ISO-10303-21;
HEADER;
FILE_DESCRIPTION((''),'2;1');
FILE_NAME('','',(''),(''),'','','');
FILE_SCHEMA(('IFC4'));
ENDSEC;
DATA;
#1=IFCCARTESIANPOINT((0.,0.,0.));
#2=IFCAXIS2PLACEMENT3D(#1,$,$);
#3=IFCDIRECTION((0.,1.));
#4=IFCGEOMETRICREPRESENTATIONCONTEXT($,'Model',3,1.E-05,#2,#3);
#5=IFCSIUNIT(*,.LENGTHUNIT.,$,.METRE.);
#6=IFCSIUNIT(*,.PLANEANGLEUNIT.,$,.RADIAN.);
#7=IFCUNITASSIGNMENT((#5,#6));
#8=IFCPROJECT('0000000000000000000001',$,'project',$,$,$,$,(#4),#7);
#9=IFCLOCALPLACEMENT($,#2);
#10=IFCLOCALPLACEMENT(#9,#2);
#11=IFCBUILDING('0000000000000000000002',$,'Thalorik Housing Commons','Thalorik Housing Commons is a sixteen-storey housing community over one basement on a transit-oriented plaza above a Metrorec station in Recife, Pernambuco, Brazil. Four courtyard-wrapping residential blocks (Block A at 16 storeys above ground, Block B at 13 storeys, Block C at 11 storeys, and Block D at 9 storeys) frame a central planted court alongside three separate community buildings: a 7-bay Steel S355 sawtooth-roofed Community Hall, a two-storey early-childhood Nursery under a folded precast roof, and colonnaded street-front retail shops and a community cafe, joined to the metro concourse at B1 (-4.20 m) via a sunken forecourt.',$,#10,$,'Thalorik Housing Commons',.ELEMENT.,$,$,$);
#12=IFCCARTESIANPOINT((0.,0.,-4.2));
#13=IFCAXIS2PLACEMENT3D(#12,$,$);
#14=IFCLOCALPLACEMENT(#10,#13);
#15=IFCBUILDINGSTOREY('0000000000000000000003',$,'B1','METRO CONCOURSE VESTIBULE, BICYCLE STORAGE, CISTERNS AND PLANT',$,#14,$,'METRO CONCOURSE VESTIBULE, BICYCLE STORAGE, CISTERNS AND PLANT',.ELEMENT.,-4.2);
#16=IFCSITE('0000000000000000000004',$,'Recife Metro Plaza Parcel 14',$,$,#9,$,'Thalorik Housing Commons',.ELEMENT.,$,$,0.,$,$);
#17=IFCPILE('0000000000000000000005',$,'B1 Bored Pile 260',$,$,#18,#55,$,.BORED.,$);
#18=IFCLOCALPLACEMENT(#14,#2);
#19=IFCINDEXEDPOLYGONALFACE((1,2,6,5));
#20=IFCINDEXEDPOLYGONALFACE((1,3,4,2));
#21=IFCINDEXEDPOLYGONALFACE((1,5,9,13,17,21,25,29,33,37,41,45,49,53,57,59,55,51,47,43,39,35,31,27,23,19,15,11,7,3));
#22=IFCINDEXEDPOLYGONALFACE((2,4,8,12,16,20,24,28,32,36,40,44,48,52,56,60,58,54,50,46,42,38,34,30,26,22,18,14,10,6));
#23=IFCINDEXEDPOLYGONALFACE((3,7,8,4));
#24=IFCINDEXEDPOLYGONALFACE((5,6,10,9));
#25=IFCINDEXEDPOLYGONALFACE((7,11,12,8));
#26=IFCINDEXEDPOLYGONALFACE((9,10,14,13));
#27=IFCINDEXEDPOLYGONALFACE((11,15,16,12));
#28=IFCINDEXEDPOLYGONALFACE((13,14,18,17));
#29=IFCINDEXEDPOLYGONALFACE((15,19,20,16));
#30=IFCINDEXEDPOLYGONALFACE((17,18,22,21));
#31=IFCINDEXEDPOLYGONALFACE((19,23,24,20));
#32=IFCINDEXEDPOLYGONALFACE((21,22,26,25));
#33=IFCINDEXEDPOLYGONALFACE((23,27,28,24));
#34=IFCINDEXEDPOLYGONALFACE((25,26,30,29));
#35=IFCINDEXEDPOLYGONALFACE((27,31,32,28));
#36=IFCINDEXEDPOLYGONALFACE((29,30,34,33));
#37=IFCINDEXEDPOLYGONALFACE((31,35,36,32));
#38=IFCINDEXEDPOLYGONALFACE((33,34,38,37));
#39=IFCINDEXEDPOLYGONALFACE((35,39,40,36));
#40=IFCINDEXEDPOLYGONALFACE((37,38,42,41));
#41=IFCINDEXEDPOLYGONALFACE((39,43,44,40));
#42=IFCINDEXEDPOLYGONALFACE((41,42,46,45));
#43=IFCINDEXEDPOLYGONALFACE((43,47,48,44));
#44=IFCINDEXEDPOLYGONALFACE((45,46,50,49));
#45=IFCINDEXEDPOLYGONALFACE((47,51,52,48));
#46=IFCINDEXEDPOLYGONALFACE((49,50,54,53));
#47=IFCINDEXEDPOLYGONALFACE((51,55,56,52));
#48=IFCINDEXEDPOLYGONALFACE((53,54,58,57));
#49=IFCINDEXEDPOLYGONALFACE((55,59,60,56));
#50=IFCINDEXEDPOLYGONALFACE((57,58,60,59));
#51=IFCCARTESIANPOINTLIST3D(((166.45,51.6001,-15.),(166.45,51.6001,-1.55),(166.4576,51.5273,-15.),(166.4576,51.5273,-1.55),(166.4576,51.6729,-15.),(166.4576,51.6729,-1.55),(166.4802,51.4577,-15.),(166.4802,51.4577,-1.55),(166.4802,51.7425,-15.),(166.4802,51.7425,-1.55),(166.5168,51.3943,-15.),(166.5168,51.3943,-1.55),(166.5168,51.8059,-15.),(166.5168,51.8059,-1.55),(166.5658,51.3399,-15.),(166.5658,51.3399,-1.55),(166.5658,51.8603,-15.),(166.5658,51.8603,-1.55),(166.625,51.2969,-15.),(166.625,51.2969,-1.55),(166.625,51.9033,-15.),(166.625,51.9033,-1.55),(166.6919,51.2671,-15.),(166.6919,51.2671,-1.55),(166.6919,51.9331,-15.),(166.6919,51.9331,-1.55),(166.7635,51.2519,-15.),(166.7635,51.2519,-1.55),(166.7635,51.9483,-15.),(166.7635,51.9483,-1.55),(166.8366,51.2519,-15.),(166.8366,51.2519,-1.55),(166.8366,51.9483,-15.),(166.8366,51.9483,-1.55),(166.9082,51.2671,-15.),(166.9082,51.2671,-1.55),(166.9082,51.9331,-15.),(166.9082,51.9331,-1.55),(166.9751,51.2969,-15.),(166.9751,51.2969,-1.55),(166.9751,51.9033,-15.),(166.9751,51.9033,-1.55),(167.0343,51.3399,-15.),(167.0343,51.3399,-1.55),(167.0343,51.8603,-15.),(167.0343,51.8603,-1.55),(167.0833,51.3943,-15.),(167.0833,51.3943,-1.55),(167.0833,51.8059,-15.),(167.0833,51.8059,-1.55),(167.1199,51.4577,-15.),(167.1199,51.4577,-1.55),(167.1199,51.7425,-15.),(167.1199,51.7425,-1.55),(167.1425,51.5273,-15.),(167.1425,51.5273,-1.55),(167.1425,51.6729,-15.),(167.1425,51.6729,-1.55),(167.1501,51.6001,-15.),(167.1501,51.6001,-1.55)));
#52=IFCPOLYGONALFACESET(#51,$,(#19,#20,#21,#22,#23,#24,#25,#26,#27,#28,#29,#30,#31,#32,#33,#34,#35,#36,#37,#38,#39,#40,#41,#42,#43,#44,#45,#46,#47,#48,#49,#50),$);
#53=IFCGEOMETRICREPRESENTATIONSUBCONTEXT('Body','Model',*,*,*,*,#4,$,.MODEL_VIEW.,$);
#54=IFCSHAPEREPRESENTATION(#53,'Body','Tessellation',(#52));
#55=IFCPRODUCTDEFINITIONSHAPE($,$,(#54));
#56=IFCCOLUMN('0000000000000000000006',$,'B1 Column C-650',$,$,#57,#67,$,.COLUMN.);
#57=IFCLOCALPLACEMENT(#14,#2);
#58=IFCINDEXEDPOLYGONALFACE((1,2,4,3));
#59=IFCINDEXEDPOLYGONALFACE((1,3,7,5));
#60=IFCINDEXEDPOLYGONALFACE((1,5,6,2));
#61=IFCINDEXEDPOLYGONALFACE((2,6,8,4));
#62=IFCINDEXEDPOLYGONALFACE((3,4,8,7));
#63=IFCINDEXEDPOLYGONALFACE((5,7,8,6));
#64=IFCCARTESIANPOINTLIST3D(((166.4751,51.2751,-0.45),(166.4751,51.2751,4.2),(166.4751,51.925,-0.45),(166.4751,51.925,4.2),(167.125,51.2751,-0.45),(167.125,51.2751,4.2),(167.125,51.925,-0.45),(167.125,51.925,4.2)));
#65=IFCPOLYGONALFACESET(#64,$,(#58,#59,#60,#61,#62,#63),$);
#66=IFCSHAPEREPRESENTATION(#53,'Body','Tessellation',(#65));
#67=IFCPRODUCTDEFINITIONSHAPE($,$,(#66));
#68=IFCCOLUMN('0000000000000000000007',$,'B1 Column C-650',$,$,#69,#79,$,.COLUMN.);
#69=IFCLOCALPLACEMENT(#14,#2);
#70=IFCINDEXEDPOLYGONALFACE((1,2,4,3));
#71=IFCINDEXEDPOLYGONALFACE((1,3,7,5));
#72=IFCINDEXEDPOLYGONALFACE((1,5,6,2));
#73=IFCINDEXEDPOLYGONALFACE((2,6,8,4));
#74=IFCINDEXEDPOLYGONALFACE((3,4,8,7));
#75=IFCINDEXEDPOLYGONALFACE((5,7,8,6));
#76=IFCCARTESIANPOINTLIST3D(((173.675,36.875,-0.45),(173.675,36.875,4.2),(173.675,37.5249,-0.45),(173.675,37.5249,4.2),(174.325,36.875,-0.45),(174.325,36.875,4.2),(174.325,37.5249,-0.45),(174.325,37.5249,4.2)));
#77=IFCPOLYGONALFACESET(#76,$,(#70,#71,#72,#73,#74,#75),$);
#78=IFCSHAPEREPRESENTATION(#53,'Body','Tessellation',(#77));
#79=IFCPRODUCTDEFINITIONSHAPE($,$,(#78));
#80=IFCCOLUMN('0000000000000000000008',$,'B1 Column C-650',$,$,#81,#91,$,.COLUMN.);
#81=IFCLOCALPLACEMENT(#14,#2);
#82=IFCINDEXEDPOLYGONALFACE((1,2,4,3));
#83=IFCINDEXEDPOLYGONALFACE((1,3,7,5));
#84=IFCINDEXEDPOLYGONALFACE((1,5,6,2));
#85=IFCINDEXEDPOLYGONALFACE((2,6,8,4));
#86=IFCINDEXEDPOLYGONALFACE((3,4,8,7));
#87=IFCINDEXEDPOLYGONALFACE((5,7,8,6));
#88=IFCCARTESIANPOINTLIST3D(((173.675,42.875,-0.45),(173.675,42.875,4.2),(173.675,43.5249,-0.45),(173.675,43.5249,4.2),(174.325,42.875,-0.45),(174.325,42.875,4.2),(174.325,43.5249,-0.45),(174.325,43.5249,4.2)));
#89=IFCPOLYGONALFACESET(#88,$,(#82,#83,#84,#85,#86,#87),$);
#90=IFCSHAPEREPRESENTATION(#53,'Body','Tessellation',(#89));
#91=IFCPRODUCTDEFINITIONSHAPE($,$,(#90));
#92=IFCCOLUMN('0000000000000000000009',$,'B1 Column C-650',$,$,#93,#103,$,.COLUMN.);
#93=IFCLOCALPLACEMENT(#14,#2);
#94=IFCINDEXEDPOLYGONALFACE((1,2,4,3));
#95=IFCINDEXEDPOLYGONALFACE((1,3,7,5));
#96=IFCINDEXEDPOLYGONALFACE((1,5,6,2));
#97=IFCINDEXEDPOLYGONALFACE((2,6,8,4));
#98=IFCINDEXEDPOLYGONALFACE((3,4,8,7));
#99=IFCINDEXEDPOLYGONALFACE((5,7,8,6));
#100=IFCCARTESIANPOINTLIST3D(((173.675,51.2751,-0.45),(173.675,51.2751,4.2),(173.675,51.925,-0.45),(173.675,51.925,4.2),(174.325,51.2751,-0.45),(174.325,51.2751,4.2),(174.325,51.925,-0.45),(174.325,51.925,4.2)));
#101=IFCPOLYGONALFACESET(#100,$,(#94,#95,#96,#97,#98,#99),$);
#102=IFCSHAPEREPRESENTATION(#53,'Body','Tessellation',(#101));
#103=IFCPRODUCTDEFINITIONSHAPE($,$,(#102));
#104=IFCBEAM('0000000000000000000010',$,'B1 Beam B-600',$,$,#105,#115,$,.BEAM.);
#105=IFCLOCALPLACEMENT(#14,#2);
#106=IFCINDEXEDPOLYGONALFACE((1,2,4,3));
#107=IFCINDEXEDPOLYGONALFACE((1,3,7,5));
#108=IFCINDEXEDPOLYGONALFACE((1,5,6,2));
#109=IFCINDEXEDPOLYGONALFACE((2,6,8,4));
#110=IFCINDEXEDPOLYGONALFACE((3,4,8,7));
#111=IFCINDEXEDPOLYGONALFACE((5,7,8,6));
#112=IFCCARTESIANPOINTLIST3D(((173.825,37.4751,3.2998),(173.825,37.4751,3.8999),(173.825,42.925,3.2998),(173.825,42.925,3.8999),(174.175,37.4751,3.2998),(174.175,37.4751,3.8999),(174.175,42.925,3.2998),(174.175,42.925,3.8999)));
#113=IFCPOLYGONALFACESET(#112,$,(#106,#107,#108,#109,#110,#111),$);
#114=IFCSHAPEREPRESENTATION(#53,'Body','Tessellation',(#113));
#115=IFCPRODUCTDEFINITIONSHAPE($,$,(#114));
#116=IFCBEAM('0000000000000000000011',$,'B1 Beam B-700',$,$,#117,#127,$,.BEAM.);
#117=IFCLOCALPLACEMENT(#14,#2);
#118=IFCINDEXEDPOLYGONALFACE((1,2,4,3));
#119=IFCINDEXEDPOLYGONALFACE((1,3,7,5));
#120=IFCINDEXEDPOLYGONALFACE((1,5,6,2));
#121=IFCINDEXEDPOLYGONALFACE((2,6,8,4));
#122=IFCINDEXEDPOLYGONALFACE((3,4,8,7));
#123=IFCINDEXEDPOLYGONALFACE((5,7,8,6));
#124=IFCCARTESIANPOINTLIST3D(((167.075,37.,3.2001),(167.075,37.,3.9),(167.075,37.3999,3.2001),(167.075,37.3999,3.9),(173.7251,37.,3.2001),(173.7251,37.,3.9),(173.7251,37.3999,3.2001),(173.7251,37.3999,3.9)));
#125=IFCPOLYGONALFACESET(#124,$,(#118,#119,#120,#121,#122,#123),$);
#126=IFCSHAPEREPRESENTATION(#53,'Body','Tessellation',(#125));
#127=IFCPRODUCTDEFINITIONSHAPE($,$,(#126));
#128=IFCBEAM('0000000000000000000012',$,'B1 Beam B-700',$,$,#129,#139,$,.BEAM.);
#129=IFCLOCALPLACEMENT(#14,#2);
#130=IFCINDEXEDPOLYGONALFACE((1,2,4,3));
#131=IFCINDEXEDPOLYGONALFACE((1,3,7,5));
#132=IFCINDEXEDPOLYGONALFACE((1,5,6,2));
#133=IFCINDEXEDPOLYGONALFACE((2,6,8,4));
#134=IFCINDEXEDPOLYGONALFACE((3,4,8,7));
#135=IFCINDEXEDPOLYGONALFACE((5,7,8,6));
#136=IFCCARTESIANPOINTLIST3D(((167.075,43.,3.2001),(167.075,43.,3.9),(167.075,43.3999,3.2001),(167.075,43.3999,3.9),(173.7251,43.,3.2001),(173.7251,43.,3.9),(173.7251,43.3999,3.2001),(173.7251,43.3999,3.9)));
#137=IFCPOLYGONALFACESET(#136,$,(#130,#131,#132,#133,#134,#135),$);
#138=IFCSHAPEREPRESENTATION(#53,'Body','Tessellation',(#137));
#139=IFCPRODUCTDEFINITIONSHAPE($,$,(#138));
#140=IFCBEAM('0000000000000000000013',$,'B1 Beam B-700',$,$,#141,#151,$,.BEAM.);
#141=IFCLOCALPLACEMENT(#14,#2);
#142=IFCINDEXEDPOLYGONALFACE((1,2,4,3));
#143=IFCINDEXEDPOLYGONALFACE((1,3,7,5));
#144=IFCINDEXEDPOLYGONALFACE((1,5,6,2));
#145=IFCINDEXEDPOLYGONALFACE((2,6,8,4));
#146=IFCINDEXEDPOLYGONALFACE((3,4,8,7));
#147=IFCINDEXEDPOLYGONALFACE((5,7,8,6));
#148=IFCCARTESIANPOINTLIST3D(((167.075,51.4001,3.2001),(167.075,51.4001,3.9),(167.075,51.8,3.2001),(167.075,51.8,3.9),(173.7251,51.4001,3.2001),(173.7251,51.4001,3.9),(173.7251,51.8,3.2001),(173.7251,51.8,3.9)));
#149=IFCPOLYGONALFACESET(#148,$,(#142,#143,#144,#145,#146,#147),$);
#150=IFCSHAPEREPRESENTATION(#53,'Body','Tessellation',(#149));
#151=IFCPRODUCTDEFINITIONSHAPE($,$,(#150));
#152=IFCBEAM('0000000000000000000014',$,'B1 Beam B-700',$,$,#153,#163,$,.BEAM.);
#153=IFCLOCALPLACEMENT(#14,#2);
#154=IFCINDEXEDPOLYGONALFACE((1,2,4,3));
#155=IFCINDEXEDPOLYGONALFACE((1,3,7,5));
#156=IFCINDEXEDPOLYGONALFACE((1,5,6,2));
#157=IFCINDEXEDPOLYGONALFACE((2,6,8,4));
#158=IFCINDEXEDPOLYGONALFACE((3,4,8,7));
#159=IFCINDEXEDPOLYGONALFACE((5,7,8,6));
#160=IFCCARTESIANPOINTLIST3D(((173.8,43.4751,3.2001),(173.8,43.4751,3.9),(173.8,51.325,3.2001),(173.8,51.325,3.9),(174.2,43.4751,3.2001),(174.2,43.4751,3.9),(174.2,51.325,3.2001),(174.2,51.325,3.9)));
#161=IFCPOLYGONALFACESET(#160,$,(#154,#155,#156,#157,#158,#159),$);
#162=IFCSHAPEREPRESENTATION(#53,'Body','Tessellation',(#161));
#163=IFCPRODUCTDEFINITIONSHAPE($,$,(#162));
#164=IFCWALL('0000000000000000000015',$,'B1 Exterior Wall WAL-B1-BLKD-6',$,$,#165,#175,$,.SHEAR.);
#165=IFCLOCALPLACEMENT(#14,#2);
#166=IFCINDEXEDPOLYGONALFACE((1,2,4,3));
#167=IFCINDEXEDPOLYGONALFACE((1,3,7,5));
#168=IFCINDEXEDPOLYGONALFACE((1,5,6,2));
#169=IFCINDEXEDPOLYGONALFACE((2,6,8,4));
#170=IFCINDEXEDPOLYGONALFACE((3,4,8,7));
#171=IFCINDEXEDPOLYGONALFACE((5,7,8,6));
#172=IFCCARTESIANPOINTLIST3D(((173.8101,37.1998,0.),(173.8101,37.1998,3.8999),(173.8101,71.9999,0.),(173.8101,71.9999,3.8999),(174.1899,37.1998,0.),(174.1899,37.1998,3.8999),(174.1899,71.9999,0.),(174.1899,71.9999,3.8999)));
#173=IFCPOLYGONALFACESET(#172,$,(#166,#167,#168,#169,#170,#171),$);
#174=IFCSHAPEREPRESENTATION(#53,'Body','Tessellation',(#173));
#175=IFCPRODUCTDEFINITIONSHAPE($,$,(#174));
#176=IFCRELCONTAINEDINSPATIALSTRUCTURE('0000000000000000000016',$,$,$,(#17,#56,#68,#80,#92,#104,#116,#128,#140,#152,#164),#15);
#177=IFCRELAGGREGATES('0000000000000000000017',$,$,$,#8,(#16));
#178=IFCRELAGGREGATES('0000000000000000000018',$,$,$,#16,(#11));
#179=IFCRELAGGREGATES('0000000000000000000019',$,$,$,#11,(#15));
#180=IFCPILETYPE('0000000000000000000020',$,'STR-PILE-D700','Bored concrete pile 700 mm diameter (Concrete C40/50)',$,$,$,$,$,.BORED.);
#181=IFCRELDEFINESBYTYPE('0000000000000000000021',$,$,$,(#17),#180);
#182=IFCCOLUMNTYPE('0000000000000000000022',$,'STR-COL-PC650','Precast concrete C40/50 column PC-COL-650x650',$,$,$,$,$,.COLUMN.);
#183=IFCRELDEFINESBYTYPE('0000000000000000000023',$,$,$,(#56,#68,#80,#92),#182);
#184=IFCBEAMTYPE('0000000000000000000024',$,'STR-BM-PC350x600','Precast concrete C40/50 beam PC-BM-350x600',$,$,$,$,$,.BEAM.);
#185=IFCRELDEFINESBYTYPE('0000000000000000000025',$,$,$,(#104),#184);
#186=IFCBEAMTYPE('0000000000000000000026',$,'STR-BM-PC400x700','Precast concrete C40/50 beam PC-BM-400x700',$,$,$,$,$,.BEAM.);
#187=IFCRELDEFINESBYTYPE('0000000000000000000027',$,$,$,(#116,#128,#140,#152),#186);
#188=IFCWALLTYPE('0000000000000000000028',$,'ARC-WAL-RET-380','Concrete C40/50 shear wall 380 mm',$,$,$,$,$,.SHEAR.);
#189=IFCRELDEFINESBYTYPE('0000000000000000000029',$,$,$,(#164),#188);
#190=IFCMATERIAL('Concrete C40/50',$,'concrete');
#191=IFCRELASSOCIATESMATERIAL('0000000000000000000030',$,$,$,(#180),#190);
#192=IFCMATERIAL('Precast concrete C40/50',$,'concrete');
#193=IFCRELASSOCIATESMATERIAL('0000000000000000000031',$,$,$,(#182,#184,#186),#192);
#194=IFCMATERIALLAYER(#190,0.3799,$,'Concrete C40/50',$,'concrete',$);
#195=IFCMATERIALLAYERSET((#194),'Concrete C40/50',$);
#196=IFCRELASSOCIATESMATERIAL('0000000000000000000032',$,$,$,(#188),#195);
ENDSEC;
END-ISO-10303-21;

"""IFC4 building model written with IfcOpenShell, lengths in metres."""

from ifc_helpers import new_model, si_unit, direction, frame, frame_2d, origin, origin_2d, place, context, subcontext, project, spatial, rectangle, circle, extrude, material, layer, layer_set, material_profile, profile_set, type_object, element, save


model = new_model("IFC4")

# Units and contexts
model_context = context("Model", 3, precision=1e-05, world=origin(), true_north=direction((0.0, 1.0)))
body_context = subcontext(model_context, "Body", "Model", "MODEL_VIEW")
ifc_project = project(units=[si_unit("LENGTHUNIT", "METRE"), si_unit("PLANEANGLEUNIT", "RADIAN")], contexts=[model_context])

# Site, building, storey
site_placement = place(None, origin())
site = spatial("IfcSite", under=ifc_project, at=site_placement, Name="Recife Metro Plaza Parcel 14", LongName="Thalorik Housing Commons", CompositionType="ELEMENT", RefElevation=0.0)
building_placement = place(site_placement, origin())
building = spatial("IfcBuilding", under=site, at=building_placement, Name="Thalorik Housing Commons", Description="Thalorik Housing Commons is a sixteen-storey housing community over one basement on a transit-oriented plaza above a Metrorec station in Recife, Pernambuco, Brazil. Four courtyard-wrapping residential blocks (Block A at 16 storeys above ground, Block B at 13 storeys, Block C at 11 storeys, and Block D at 9 storeys) frame a central planted court alongside three separate community buildings: a 7-bay Steel S355 sawtooth-roofed Community Hall, a two-storey early-childhood Nursery under a folded precast roof, and colonnaded street-front retail shops and a community cafe, joined to the metro concourse at B1 (-4.20 m) via a sunken forecourt.", LongName="Thalorik Housing Commons", CompositionType="ELEMENT")
storey_placement = place(building_placement, frame((0.0, 0.0, -4.2)))
storey = spatial("IfcBuildingStorey", under=building, at=storey_placement, Name="B1", Description="METRO CONCOURSE VESTIBULE, BICYCLE STORAGE, CISTERNS AND PLANT", LongName="METRO CONCOURSE VESTIBULE, BICYCLE STORAGE, CISTERNS AND PLANT", CompositionType="ELEMENT", Elevation=-4.2)

# Shared definitions
ifc_material_1 = material(Name="Concrete C40/50", Category="concrete")

# Pile
ifc_material_profile_1 = material_profile(ifc_material_1, circle(Radius=0.3501, at=origin_2d()), Name="BORED PILE D700", Category="concrete")
ifc_profile_set_1 = profile_set([ifc_material_profile_1], Name="Concrete C40/50")
pile_type_1 = type_object("IfcPileType", Name="STR-PILE-D700", Description="Bored concrete pile 700 mm diameter (Concrete C40/50)", PredefinedType="BORED", material=ifc_profile_set_1)
pile_placement = place(storey_placement, frame((166.8, 51.6001, -1.55), z_axis=(0.0, 0.0, -1.0), x_axis=(1.0, 0.0, 0.0)))
element("IfcPile", 1, at=pile_placement, inside=storey, type_object=pile_type_1, Name="B1 Bored Pile 260", PredefinedType="BORED", context=body_context, shape_type="SweptSolid", body=[
    extrude(circle(Radius=0.3501, at=origin_2d()), origin(), (0.0, 0.0, 1.0), 13.45),
])

# Columns
ifc_material_2 = material(Name="Precast concrete C40/50", Category="concrete")
ifc_material_profile_2 = material_profile(ifc_material_2, rectangle(XDim=0.6499, YDim=0.6499, at=origin_2d()), Name="PC 650x650", Category="concrete")
ifc_profile_set_2 = profile_set([ifc_material_profile_2], Name="Precast concrete C40/50")
column_type = type_object("IfcColumnType", Name="STR-COL-PC650", Description="Precast concrete C40/50 column PC-COL-650x650", PredefinedType="COLUMN", material=ifc_profile_set_2)
for number, where, z_axis, x_axis, name in (
    (2, (166.8, 51.6001, -0.45), (0.0, 0.0, 1.0), (1.0, 0.0, 0.0), "B1 Column C-650"),
    (3, (174.0, 37.2, -0.45), (0.0, 0.0, 1.0), (1.0, 0.0, 0.0), "B1 Column C-650"),
    (4, (174.0, 43.2, -0.45), (0.0, 0.0, 1.0), (1.0, 0.0, 0.0), "B1 Column C-650"),
    (5, (174.0, 51.6001, -0.45), (0.0, 0.0, 1.0), (1.0, 0.0, 0.0), "B1 Column C-650"),
):
    element("IfcColumn", number, at=place(storey_placement, frame(where, z_axis=z_axis, x_axis=x_axis)), inside=storey, type_object=column_type, Name=name, PredefinedType="COLUMN", context=body_context, shape_type="SweptSolid", body=[
        extrude(rectangle(XDim=0.6499, YDim=0.6499, at=origin_2d()), origin(), (0.0, 0.0, 1.0), 4.6499),
    ])

# Beams
ifc_material_profile_3 = material_profile(ifc_material_2, rectangle(XDim=0.3501, YDim=0.6001, at=origin_2d()), Name="PC 350x600", Category="concrete")
ifc_profile_set_3 = profile_set([ifc_material_profile_3], Name="Precast concrete C40/50")
beam_type_1 = type_object("IfcBeamType", Name="STR-BM-PC350x600", Description="Precast concrete C40/50 beam PC-BM-350x600", PredefinedType="BEAM", material=ifc_profile_set_3)
beam_1_placement = place(storey_placement, frame((174.0, 37.4751, 3.5999), z_axis=(0.0, 1.0, 0.0), x_axis=(-1.0, 0.0, 0.0)))
element("IfcBeam", 6, at=beam_1_placement, inside=storey, type_object=beam_type_1, Name="B1 Beam B-600", PredefinedType="BEAM", context=body_context, shape_type="SweptSolid", body=[
    extrude(rectangle(XDim=0.3501, YDim=0.6001, at=origin_2d()), origin(), (0.0, 0.0, 1.0), 5.45),
])
ifc_material_profile_4 = material_profile(ifc_material_2, rectangle(XDim=0.3999, YDim=0.7, at=origin_2d()), Name="PC 400x700", Category="concrete")
ifc_profile_set_4 = profile_set([ifc_material_profile_4], Name="Precast concrete C40/50")
beam_type_2 = type_object("IfcBeamType", Name="STR-BM-PC400x700", Description="Precast concrete C40/50 beam PC-BM-400x700", PredefinedType="BEAM", material=ifc_profile_set_4)
for number, where, z_axis, x_axis, name in (
    (7, (167.075, 37.2, 3.55), (1.0, 0.0, 0.0), (0.0, 1.0, 0.0), "B1 Beam B-700"),
    (8, (167.075, 43.2, 3.55), (1.0, 0.0, 0.0), (0.0, 1.0, 0.0), "B1 Beam B-700"),
    (9, (167.075, 51.6001, 3.55), (1.0, 0.0, 0.0), (0.0, 1.0, 0.0), "B1 Beam B-700"),
):
    element("IfcBeam", number, at=place(storey_placement, frame(where, z_axis=z_axis, x_axis=x_axis)), inside=storey, type_object=beam_type_2, Name=name, PredefinedType="BEAM", context=body_context, shape_type="SweptSolid", body=[
        extrude(rectangle(XDim=0.3999, YDim=0.7, at=origin_2d()), origin(), (0.0, 0.0, 1.0), 6.6501),
    ])
beam_2_placement = place(storey_placement, frame((174.0, 43.4751, 3.55), z_axis=(0.0, 1.0, 0.0), x_axis=(-1.0, 0.0, 0.0)))
element("IfcBeam", 10, at=beam_2_placement, inside=storey, type_object=beam_type_2, Name="B1 Beam B-700", PredefinedType="BEAM", context=body_context, shape_type="SweptSolid", body=[
    extrude(rectangle(XDim=0.3999, YDim=0.7, at=origin_2d()), origin(), (0.0, 0.0, 1.0), 7.8499),
])

# Wall
ifc_layer = layer(ifc_material_1, 0.3799, Name="Concrete C40/50", Category="concrete")
ifc_layer_set = layer_set([ifc_layer], Name="Concrete C40/50")
wall_type = type_object("IfcWallType", Name="ARC-WAL-RET-380", Description="Concrete C40/50 shear wall 380 mm", PredefinedType="SHEAR", material=ifc_layer_set)
wall_placement = place(storey_placement, frame((174.0, 37.2, 0.0), z_axis=(0.0, 0.0, 1.0), x_axis=(0.0, 1.0, 0.0)))
element("IfcWall", 11, at=wall_placement, inside=storey, type_object=wall_type, Name="B1 Exterior Wall WAL-B1-BLKD-6", PredefinedType="SHEAR", context=body_context, shape_type="SweptSolid", body=[
    extrude(rectangle(XDim=34.8, YDim=0.3799, at=frame_2d((17.3999, 0.0))), origin(), (0.0, 0.0, 1.0), 3.8999),
])

save(model, "model.ifc")
